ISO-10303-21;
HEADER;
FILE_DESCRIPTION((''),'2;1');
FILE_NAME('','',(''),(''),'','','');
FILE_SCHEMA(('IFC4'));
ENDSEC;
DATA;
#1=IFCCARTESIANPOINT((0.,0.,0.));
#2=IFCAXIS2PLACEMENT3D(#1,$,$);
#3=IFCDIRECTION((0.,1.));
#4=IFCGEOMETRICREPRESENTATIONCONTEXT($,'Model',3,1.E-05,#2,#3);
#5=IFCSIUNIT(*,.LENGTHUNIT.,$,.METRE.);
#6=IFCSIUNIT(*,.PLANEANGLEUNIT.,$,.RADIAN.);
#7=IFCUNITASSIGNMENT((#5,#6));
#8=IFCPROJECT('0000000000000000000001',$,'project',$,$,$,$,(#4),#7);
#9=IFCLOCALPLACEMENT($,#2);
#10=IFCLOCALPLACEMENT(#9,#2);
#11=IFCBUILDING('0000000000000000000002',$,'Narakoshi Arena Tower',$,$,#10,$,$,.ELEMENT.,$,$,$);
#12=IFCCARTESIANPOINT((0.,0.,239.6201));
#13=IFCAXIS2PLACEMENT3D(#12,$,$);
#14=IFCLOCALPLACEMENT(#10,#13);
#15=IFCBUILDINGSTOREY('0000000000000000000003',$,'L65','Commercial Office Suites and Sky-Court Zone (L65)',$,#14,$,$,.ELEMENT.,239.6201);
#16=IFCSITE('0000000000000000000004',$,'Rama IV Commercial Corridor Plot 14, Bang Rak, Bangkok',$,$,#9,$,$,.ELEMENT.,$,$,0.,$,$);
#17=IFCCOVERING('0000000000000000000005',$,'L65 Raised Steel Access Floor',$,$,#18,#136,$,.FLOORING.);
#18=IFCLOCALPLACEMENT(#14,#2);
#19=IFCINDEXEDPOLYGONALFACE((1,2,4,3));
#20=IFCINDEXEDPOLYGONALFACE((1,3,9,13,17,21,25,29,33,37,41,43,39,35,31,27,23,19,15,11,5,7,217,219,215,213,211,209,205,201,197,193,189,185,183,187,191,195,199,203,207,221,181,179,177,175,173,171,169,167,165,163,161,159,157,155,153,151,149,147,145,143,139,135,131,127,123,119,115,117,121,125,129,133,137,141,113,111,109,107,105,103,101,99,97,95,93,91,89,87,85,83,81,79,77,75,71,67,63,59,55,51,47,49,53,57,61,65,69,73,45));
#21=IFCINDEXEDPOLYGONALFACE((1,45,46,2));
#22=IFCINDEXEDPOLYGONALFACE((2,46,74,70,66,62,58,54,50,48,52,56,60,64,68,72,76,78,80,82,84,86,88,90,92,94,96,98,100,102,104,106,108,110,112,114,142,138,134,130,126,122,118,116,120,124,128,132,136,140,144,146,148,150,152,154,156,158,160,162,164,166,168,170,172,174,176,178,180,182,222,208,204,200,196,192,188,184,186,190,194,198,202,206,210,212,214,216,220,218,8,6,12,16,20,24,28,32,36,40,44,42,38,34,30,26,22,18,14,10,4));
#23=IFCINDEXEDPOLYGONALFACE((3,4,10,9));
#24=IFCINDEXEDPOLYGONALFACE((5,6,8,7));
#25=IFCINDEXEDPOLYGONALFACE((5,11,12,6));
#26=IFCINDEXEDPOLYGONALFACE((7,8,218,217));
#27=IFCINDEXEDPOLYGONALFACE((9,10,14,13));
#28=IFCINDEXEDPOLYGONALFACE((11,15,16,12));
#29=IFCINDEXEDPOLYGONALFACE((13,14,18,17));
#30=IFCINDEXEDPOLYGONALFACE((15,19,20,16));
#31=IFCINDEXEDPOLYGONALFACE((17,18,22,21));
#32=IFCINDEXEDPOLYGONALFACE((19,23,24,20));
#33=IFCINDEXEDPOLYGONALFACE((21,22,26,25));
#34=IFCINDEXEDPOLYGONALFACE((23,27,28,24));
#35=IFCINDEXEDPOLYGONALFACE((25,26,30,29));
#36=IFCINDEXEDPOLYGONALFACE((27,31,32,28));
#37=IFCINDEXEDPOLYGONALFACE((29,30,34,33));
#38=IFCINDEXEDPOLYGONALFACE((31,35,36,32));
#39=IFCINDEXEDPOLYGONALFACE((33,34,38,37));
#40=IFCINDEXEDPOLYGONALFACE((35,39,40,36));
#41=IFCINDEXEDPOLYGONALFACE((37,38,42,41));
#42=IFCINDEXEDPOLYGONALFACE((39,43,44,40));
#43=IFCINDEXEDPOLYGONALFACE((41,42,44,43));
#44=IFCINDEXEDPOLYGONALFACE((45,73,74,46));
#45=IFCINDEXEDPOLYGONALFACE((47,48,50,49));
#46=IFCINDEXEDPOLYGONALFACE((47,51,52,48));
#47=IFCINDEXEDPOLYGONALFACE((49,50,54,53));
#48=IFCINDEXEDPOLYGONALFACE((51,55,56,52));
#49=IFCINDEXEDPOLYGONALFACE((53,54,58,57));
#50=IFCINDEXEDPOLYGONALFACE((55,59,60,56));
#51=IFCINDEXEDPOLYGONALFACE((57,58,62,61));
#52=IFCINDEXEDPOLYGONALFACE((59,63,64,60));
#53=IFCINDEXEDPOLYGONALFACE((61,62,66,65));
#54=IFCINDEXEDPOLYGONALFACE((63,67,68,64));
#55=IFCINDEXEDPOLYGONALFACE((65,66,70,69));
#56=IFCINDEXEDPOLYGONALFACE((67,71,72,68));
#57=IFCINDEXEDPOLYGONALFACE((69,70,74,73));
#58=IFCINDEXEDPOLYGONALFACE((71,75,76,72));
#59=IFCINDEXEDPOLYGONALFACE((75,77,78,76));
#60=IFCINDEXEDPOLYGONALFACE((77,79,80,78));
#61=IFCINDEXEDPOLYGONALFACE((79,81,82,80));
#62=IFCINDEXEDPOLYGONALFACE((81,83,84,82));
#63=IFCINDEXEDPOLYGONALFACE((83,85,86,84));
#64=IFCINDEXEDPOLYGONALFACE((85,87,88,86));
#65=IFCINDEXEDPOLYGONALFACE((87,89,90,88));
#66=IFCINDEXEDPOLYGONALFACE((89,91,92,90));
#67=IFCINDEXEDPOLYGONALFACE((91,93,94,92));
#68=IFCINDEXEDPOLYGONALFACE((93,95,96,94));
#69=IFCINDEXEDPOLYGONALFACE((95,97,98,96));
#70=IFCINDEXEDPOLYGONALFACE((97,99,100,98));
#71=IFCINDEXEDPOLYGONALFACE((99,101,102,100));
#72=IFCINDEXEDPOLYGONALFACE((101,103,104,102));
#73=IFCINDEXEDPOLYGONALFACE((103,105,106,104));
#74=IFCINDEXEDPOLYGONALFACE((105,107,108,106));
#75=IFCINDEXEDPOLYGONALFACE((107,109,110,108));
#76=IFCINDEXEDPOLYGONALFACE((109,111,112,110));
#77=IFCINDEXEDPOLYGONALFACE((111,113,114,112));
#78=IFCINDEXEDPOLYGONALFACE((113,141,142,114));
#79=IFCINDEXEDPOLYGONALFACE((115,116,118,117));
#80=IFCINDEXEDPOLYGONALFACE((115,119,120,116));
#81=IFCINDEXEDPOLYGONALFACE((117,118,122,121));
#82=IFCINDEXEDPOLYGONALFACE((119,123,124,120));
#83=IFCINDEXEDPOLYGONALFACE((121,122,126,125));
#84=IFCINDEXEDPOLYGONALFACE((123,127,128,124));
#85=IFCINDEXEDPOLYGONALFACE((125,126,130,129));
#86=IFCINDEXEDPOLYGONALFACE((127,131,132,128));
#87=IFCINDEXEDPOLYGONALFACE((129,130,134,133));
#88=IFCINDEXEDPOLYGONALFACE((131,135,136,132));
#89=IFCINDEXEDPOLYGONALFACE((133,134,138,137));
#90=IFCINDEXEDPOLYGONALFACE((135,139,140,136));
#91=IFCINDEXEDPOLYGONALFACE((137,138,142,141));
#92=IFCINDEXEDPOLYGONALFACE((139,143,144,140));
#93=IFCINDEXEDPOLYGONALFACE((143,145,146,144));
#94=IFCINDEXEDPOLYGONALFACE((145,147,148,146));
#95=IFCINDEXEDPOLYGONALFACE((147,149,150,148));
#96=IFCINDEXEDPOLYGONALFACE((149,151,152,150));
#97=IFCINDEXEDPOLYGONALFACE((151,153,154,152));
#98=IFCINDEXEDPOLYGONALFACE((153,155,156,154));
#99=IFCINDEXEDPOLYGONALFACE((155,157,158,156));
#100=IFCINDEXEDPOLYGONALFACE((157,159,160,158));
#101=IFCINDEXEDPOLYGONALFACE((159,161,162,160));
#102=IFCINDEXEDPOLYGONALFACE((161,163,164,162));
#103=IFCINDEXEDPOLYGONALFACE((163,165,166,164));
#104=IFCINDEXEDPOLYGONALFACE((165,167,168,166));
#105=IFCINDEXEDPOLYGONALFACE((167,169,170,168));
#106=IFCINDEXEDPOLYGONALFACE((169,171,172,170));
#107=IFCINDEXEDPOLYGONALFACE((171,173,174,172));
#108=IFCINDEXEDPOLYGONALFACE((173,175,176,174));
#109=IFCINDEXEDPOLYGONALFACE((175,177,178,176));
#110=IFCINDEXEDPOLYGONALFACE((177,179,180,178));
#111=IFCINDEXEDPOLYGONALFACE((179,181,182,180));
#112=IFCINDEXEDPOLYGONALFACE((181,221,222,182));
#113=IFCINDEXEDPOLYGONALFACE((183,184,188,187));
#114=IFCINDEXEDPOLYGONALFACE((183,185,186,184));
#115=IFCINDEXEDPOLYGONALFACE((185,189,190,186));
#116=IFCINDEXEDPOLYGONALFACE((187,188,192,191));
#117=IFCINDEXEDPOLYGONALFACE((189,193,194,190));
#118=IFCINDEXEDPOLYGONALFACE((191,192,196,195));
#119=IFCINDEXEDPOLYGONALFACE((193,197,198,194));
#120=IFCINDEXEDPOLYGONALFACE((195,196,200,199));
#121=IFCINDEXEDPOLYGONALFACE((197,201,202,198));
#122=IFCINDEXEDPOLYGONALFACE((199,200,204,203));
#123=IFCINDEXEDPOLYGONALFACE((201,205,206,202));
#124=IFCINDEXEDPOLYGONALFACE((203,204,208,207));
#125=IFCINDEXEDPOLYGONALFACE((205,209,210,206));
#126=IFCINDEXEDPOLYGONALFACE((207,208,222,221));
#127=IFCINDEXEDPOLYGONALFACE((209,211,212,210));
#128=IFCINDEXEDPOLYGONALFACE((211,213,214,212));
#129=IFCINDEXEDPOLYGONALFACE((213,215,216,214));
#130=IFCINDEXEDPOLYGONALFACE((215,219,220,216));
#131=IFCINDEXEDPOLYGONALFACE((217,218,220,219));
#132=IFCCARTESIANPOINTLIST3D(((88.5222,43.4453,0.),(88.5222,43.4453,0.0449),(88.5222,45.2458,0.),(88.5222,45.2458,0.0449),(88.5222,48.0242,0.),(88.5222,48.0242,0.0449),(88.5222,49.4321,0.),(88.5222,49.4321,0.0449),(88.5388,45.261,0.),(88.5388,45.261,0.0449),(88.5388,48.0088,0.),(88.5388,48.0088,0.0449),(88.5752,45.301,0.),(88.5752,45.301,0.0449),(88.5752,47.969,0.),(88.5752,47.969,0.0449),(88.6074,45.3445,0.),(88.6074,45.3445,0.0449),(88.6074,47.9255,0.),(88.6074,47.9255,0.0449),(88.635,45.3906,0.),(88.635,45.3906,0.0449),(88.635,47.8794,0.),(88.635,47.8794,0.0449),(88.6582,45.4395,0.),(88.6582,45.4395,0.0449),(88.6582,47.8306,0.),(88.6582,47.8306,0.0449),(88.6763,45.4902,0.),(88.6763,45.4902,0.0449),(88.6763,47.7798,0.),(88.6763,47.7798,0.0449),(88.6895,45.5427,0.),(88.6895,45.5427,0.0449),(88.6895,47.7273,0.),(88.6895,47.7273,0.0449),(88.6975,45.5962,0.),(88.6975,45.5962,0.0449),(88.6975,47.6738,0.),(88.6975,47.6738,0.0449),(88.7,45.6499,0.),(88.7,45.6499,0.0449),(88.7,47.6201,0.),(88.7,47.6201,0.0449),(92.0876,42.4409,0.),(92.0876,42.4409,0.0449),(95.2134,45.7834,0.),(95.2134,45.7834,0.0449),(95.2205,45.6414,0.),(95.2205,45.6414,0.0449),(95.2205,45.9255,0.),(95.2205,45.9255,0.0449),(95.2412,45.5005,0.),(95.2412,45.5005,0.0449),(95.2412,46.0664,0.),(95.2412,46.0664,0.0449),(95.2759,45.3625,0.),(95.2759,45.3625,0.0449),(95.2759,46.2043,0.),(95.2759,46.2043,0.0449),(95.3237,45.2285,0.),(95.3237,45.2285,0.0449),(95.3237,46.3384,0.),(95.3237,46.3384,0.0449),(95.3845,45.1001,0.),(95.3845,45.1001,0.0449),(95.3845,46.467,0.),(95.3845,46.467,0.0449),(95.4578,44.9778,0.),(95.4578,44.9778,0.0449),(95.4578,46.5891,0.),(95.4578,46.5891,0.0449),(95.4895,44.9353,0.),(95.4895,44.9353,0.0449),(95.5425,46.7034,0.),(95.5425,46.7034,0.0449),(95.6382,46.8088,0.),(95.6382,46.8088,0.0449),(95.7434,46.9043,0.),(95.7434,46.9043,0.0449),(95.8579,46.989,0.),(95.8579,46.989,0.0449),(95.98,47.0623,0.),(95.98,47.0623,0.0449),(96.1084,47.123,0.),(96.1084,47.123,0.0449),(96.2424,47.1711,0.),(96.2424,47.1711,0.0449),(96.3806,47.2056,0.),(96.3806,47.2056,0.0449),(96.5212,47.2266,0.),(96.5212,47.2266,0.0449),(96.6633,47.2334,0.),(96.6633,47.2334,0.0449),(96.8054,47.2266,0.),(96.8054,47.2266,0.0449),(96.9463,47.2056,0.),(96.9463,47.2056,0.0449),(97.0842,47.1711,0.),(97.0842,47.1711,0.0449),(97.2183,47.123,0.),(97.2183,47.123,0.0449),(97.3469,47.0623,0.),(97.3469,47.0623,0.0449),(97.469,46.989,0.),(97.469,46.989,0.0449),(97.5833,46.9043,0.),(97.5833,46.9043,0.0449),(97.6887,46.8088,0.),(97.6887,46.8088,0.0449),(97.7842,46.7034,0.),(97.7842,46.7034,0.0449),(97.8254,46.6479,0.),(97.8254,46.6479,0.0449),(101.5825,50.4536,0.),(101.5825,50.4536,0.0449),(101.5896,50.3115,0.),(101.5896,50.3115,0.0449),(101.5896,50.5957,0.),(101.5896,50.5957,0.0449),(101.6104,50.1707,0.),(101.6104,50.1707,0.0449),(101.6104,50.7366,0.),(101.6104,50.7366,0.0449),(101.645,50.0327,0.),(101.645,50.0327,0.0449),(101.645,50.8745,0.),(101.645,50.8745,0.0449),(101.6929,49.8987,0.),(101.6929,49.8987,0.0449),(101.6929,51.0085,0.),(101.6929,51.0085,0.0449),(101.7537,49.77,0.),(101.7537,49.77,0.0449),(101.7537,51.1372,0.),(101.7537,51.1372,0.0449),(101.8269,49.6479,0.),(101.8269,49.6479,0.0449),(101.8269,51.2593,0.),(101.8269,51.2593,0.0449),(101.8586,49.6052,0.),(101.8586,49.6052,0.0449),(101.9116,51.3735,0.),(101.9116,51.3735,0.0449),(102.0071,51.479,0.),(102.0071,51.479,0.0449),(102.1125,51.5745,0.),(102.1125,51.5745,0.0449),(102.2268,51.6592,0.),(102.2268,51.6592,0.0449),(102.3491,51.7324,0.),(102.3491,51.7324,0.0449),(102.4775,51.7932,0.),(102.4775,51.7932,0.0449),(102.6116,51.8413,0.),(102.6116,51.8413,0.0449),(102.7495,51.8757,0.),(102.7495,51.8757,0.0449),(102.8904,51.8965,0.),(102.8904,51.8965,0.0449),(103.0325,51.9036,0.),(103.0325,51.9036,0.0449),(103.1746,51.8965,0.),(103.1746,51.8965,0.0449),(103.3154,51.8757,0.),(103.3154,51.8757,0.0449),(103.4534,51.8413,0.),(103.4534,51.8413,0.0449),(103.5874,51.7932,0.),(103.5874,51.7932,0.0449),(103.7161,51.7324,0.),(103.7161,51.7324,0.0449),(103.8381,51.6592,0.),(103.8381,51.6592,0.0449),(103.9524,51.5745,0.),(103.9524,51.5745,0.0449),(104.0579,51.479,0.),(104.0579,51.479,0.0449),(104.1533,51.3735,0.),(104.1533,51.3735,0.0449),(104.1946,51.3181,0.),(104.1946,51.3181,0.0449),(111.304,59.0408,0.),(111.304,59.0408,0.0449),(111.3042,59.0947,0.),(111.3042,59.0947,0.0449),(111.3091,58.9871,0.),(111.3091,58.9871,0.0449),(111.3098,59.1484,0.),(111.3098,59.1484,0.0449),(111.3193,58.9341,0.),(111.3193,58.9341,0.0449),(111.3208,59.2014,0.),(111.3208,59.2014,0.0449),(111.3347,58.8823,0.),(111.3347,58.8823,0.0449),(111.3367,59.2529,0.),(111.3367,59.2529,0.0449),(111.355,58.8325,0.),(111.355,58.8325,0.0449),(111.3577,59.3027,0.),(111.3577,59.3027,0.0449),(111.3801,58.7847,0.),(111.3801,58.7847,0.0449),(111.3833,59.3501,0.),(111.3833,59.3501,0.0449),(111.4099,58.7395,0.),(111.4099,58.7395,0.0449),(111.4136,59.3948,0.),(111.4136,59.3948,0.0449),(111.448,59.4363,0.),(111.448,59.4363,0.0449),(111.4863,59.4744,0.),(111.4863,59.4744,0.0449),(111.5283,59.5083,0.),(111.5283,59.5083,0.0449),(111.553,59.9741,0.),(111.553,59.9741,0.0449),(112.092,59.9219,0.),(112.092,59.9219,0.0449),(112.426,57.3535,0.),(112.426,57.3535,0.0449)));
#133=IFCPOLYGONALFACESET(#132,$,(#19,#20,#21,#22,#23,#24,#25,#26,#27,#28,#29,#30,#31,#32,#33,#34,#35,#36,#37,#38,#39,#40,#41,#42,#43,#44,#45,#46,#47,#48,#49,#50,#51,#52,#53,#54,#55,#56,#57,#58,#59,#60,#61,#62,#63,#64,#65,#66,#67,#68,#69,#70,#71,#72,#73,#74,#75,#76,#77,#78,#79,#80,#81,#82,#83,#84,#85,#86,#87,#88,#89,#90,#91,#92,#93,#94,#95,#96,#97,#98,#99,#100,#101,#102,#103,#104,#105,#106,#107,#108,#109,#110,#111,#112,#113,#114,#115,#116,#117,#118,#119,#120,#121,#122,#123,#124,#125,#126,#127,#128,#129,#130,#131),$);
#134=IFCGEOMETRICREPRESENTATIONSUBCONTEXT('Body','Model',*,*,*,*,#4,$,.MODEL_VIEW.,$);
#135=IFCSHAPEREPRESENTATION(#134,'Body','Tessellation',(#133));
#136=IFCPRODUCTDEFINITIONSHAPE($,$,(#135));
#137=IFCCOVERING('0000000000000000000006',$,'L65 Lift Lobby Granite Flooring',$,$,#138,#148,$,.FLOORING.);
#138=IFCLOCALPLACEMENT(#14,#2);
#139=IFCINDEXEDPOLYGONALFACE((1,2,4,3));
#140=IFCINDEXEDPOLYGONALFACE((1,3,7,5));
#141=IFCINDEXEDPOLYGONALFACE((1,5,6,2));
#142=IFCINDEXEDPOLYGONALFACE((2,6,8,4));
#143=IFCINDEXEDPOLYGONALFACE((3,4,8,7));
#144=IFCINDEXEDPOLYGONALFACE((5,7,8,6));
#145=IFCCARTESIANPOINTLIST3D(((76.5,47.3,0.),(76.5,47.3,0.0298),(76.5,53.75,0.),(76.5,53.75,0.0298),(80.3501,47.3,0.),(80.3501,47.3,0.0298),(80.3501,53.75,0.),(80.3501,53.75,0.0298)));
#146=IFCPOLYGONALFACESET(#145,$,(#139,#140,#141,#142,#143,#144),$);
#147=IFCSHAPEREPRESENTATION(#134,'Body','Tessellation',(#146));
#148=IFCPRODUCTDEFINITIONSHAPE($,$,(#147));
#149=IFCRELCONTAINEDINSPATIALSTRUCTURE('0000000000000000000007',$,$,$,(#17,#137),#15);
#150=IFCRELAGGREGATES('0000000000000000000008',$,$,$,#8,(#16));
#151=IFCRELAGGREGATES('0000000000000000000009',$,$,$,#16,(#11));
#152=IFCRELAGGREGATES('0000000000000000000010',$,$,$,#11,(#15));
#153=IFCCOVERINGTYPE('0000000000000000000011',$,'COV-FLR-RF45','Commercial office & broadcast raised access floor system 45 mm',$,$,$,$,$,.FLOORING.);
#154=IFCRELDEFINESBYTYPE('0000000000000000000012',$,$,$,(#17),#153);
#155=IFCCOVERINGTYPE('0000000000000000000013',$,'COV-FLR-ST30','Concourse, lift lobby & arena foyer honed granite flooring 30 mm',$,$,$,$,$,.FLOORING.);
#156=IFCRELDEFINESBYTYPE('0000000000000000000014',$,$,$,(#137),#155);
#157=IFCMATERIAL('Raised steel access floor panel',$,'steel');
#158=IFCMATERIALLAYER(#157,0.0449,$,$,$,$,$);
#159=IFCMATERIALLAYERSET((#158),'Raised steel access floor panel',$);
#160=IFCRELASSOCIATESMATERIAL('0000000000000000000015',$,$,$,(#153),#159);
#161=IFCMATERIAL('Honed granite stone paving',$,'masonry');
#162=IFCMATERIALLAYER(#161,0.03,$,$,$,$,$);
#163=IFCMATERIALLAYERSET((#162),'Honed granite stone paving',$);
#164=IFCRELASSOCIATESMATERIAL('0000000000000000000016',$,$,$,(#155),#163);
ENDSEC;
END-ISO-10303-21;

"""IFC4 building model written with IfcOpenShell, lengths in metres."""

from ifc_helpers import new_model, si_unit, direction, frame, origin, place, context, subcontext, project, spatial, polyline, outline, extrude, material, layer, layer_set, type_object, element, save


model = new_model("IFC4")

# Units and contexts
model_context = context("Model", 3, precision=1e-05, world=origin(), true_north=direction((0.0, 1.0)))
body_context = subcontext(model_context, "Body", "Model", "MODEL_VIEW")
ifc_project = project(units=[si_unit("LENGTHUNIT", "METRE"), si_unit("PLANEANGLEUNIT", "RADIAN")], contexts=[model_context])

# Site, building, storey
site_placement = place(None, origin())
site = spatial("IfcSite", under=ifc_project, at=site_placement, Name="Rama IV Commercial Corridor Plot 14, Bang Rak, Bangkok", CompositionType="ELEMENT", RefElevation=0.0)
building_placement = place(site_placement, origin())
building = spatial("IfcBuilding", under=site, at=building_placement, Name="Narakoshi Arena Tower", CompositionType="ELEMENT")
storey_placement = place(building_placement, frame((0.0, 0.0, 239.6201)))
storey = spatial("IfcBuildingStorey", under=building, at=storey_placement, Name="L65", Description="Commercial Office Suites and Sky-Court Zone (L65)", CompositionType="ELEMENT", Elevation=239.6201)

# Coverings
ifc_material_1 = material(Name="Raised steel access floor panel", Category="steel")
ifc_layer_1 = layer(ifc_material_1, 0.0449)
ifc_layer_set_1 = layer_set([ifc_layer_1], Name="Raised steel access floor panel")
covering_type_1 = type_object("IfcCoveringType", Name="COV-FLR-RF45", Description="Commercial office & broadcast raised access floor system 45 mm", PredefinedType="FLOORING", material=ifc_layer_set_1)
covering_1_placement = place(storey_placement, origin())
element("IfcCovering", 1, at=covering_1_placement, inside=storey, type_object=covering_type_1, Name="L65 Raised Steel Access Floor", PredefinedType="FLOORING", context=body_context, shape_type="SweptSolid", body=[
    extrude(outline(polyline([(88.5388, 45.261), (88.5752, 45.301), (88.6074, 45.3445), (88.635, 45.3906), (88.6582, 45.4395), (88.6763, 45.4902), (88.6895, 45.5427), (88.6975, 45.5962), (88.7, 45.6499), (88.7, 47.6201), (88.6975, 47.6738), (88.6895, 47.7273), (88.6763, 47.7798), (88.6582, 47.8306), (88.635, 47.8794), (88.6074, 47.9255), (88.5752, 47.969), (88.5388, 48.0088), (88.5222, 48.0242), (88.5222, 49.4321), (111.553, 59.9741), (112.092, 59.9219), (111.5283, 59.5083), (111.4863, 59.4744), (111.448, 59.4363), (111.4136, 59.3948), (111.3833, 59.3501), (111.3577, 59.3027), (111.3367, 59.2529), (111.3208, 59.2014), (111.3098, 59.1484), (111.3042, 59.0947), (111.304, 59.0408), (111.3091, 58.9871), (111.3193, 58.9341), (111.3347, 58.8823), (111.355, 58.8325), (111.3801, 58.7847), (111.4099, 58.7395), (112.426, 57.3535), (104.1946, 51.3181), (104.1533, 51.3735), (104.0579, 51.479), (103.9524, 51.5745), (103.8381, 51.6592), (103.7161, 51.7324), (103.5874, 51.7932), (103.4534, 51.8413), (103.3154, 51.8757), (103.1746, 51.8965), (103.0325, 51.9036), (102.8904, 51.8965), (102.7495, 51.8757), (102.6116, 51.8413), (102.4775, 51.7932), (102.3491, 51.7324), (102.2268, 51.6592), (102.1125, 51.5745), (102.0071, 51.479), (101.9116, 51.3735), (101.8269, 51.2593), (101.7537, 51.1372), (101.6929, 51.0085), (101.645, 50.8745), (101.6104, 50.7366), (101.5896, 50.5957), (101.5825, 50.4536), (101.5896, 50.3115), (101.6104, 50.1707), (101.645, 50.0327), (101.6929, 49.8987), (101.7537, 49.77), (101.8269, 49.6479), (101.8586, 49.6052), (97.8254, 46.6479), (97.7842, 46.7034), (97.6887, 46.8088), (97.5833, 46.9043), (97.469, 46.989), (97.3469, 47.0623), (97.2183, 47.123), (97.0842, 47.1711), (96.9463, 47.2056), (96.8054, 47.2266), (96.6633, 47.2334), (96.5212, 47.2266), (96.3806, 47.2056), (96.2424, 47.1711), (96.1084, 47.123), (95.98, 47.0623), (95.8579, 46.989), (95.7434, 46.9043), (95.6382, 46.8088), (95.5425, 46.7034), (95.4578, 46.5891), (95.3845, 46.467), (95.3237, 46.3384), (95.2759, 46.2043), (95.2412, 46.0664), (95.2205, 45.9255), (95.2134, 45.7834), (95.2205, 45.6414), (95.2412, 45.5005), (95.2759, 45.3625), (95.3237, 45.2285), (95.3845, 45.1001), (95.4578, 44.9778), (95.4895, 44.9353), (92.0876, 42.4409), (88.5222, 43.4453), (88.5222, 45.2458), (88.5388, 45.261)])), origin(), (0.0, 0.0, 1.0), 0.0449),
])
ifc_material_2 = material(Name="Honed granite stone paving", Category="masonry")
ifc_layer_2 = layer(ifc_material_2, 0.03)
ifc_layer_set_2 = layer_set([ifc_layer_2], Name="Honed granite stone paving")
covering_type_2 = type_object("IfcCoveringType", Name="COV-FLR-ST30", Description="Concourse, lift lobby & arena foyer honed granite flooring 30 mm", PredefinedType="FLOORING", material=ifc_layer_set_2)
covering_2_placement = place(storey_placement, origin())
element("IfcCovering", 2, at=covering_2_placement, inside=storey, type_object=covering_type_2, Name="L65 Lift Lobby Granite Flooring", PredefinedType="FLOORING", context=body_context, shape_type="SweptSolid", body=[
    extrude(outline(polyline([(76.5, 47.3), (80.3501, 47.3), (80.3501, 53.75), (76.5, 53.75), (76.5, 47.3)])), origin(), (0.0, 0.0, 1.0), 0.0298),
])

save(model, "model.ifc")
